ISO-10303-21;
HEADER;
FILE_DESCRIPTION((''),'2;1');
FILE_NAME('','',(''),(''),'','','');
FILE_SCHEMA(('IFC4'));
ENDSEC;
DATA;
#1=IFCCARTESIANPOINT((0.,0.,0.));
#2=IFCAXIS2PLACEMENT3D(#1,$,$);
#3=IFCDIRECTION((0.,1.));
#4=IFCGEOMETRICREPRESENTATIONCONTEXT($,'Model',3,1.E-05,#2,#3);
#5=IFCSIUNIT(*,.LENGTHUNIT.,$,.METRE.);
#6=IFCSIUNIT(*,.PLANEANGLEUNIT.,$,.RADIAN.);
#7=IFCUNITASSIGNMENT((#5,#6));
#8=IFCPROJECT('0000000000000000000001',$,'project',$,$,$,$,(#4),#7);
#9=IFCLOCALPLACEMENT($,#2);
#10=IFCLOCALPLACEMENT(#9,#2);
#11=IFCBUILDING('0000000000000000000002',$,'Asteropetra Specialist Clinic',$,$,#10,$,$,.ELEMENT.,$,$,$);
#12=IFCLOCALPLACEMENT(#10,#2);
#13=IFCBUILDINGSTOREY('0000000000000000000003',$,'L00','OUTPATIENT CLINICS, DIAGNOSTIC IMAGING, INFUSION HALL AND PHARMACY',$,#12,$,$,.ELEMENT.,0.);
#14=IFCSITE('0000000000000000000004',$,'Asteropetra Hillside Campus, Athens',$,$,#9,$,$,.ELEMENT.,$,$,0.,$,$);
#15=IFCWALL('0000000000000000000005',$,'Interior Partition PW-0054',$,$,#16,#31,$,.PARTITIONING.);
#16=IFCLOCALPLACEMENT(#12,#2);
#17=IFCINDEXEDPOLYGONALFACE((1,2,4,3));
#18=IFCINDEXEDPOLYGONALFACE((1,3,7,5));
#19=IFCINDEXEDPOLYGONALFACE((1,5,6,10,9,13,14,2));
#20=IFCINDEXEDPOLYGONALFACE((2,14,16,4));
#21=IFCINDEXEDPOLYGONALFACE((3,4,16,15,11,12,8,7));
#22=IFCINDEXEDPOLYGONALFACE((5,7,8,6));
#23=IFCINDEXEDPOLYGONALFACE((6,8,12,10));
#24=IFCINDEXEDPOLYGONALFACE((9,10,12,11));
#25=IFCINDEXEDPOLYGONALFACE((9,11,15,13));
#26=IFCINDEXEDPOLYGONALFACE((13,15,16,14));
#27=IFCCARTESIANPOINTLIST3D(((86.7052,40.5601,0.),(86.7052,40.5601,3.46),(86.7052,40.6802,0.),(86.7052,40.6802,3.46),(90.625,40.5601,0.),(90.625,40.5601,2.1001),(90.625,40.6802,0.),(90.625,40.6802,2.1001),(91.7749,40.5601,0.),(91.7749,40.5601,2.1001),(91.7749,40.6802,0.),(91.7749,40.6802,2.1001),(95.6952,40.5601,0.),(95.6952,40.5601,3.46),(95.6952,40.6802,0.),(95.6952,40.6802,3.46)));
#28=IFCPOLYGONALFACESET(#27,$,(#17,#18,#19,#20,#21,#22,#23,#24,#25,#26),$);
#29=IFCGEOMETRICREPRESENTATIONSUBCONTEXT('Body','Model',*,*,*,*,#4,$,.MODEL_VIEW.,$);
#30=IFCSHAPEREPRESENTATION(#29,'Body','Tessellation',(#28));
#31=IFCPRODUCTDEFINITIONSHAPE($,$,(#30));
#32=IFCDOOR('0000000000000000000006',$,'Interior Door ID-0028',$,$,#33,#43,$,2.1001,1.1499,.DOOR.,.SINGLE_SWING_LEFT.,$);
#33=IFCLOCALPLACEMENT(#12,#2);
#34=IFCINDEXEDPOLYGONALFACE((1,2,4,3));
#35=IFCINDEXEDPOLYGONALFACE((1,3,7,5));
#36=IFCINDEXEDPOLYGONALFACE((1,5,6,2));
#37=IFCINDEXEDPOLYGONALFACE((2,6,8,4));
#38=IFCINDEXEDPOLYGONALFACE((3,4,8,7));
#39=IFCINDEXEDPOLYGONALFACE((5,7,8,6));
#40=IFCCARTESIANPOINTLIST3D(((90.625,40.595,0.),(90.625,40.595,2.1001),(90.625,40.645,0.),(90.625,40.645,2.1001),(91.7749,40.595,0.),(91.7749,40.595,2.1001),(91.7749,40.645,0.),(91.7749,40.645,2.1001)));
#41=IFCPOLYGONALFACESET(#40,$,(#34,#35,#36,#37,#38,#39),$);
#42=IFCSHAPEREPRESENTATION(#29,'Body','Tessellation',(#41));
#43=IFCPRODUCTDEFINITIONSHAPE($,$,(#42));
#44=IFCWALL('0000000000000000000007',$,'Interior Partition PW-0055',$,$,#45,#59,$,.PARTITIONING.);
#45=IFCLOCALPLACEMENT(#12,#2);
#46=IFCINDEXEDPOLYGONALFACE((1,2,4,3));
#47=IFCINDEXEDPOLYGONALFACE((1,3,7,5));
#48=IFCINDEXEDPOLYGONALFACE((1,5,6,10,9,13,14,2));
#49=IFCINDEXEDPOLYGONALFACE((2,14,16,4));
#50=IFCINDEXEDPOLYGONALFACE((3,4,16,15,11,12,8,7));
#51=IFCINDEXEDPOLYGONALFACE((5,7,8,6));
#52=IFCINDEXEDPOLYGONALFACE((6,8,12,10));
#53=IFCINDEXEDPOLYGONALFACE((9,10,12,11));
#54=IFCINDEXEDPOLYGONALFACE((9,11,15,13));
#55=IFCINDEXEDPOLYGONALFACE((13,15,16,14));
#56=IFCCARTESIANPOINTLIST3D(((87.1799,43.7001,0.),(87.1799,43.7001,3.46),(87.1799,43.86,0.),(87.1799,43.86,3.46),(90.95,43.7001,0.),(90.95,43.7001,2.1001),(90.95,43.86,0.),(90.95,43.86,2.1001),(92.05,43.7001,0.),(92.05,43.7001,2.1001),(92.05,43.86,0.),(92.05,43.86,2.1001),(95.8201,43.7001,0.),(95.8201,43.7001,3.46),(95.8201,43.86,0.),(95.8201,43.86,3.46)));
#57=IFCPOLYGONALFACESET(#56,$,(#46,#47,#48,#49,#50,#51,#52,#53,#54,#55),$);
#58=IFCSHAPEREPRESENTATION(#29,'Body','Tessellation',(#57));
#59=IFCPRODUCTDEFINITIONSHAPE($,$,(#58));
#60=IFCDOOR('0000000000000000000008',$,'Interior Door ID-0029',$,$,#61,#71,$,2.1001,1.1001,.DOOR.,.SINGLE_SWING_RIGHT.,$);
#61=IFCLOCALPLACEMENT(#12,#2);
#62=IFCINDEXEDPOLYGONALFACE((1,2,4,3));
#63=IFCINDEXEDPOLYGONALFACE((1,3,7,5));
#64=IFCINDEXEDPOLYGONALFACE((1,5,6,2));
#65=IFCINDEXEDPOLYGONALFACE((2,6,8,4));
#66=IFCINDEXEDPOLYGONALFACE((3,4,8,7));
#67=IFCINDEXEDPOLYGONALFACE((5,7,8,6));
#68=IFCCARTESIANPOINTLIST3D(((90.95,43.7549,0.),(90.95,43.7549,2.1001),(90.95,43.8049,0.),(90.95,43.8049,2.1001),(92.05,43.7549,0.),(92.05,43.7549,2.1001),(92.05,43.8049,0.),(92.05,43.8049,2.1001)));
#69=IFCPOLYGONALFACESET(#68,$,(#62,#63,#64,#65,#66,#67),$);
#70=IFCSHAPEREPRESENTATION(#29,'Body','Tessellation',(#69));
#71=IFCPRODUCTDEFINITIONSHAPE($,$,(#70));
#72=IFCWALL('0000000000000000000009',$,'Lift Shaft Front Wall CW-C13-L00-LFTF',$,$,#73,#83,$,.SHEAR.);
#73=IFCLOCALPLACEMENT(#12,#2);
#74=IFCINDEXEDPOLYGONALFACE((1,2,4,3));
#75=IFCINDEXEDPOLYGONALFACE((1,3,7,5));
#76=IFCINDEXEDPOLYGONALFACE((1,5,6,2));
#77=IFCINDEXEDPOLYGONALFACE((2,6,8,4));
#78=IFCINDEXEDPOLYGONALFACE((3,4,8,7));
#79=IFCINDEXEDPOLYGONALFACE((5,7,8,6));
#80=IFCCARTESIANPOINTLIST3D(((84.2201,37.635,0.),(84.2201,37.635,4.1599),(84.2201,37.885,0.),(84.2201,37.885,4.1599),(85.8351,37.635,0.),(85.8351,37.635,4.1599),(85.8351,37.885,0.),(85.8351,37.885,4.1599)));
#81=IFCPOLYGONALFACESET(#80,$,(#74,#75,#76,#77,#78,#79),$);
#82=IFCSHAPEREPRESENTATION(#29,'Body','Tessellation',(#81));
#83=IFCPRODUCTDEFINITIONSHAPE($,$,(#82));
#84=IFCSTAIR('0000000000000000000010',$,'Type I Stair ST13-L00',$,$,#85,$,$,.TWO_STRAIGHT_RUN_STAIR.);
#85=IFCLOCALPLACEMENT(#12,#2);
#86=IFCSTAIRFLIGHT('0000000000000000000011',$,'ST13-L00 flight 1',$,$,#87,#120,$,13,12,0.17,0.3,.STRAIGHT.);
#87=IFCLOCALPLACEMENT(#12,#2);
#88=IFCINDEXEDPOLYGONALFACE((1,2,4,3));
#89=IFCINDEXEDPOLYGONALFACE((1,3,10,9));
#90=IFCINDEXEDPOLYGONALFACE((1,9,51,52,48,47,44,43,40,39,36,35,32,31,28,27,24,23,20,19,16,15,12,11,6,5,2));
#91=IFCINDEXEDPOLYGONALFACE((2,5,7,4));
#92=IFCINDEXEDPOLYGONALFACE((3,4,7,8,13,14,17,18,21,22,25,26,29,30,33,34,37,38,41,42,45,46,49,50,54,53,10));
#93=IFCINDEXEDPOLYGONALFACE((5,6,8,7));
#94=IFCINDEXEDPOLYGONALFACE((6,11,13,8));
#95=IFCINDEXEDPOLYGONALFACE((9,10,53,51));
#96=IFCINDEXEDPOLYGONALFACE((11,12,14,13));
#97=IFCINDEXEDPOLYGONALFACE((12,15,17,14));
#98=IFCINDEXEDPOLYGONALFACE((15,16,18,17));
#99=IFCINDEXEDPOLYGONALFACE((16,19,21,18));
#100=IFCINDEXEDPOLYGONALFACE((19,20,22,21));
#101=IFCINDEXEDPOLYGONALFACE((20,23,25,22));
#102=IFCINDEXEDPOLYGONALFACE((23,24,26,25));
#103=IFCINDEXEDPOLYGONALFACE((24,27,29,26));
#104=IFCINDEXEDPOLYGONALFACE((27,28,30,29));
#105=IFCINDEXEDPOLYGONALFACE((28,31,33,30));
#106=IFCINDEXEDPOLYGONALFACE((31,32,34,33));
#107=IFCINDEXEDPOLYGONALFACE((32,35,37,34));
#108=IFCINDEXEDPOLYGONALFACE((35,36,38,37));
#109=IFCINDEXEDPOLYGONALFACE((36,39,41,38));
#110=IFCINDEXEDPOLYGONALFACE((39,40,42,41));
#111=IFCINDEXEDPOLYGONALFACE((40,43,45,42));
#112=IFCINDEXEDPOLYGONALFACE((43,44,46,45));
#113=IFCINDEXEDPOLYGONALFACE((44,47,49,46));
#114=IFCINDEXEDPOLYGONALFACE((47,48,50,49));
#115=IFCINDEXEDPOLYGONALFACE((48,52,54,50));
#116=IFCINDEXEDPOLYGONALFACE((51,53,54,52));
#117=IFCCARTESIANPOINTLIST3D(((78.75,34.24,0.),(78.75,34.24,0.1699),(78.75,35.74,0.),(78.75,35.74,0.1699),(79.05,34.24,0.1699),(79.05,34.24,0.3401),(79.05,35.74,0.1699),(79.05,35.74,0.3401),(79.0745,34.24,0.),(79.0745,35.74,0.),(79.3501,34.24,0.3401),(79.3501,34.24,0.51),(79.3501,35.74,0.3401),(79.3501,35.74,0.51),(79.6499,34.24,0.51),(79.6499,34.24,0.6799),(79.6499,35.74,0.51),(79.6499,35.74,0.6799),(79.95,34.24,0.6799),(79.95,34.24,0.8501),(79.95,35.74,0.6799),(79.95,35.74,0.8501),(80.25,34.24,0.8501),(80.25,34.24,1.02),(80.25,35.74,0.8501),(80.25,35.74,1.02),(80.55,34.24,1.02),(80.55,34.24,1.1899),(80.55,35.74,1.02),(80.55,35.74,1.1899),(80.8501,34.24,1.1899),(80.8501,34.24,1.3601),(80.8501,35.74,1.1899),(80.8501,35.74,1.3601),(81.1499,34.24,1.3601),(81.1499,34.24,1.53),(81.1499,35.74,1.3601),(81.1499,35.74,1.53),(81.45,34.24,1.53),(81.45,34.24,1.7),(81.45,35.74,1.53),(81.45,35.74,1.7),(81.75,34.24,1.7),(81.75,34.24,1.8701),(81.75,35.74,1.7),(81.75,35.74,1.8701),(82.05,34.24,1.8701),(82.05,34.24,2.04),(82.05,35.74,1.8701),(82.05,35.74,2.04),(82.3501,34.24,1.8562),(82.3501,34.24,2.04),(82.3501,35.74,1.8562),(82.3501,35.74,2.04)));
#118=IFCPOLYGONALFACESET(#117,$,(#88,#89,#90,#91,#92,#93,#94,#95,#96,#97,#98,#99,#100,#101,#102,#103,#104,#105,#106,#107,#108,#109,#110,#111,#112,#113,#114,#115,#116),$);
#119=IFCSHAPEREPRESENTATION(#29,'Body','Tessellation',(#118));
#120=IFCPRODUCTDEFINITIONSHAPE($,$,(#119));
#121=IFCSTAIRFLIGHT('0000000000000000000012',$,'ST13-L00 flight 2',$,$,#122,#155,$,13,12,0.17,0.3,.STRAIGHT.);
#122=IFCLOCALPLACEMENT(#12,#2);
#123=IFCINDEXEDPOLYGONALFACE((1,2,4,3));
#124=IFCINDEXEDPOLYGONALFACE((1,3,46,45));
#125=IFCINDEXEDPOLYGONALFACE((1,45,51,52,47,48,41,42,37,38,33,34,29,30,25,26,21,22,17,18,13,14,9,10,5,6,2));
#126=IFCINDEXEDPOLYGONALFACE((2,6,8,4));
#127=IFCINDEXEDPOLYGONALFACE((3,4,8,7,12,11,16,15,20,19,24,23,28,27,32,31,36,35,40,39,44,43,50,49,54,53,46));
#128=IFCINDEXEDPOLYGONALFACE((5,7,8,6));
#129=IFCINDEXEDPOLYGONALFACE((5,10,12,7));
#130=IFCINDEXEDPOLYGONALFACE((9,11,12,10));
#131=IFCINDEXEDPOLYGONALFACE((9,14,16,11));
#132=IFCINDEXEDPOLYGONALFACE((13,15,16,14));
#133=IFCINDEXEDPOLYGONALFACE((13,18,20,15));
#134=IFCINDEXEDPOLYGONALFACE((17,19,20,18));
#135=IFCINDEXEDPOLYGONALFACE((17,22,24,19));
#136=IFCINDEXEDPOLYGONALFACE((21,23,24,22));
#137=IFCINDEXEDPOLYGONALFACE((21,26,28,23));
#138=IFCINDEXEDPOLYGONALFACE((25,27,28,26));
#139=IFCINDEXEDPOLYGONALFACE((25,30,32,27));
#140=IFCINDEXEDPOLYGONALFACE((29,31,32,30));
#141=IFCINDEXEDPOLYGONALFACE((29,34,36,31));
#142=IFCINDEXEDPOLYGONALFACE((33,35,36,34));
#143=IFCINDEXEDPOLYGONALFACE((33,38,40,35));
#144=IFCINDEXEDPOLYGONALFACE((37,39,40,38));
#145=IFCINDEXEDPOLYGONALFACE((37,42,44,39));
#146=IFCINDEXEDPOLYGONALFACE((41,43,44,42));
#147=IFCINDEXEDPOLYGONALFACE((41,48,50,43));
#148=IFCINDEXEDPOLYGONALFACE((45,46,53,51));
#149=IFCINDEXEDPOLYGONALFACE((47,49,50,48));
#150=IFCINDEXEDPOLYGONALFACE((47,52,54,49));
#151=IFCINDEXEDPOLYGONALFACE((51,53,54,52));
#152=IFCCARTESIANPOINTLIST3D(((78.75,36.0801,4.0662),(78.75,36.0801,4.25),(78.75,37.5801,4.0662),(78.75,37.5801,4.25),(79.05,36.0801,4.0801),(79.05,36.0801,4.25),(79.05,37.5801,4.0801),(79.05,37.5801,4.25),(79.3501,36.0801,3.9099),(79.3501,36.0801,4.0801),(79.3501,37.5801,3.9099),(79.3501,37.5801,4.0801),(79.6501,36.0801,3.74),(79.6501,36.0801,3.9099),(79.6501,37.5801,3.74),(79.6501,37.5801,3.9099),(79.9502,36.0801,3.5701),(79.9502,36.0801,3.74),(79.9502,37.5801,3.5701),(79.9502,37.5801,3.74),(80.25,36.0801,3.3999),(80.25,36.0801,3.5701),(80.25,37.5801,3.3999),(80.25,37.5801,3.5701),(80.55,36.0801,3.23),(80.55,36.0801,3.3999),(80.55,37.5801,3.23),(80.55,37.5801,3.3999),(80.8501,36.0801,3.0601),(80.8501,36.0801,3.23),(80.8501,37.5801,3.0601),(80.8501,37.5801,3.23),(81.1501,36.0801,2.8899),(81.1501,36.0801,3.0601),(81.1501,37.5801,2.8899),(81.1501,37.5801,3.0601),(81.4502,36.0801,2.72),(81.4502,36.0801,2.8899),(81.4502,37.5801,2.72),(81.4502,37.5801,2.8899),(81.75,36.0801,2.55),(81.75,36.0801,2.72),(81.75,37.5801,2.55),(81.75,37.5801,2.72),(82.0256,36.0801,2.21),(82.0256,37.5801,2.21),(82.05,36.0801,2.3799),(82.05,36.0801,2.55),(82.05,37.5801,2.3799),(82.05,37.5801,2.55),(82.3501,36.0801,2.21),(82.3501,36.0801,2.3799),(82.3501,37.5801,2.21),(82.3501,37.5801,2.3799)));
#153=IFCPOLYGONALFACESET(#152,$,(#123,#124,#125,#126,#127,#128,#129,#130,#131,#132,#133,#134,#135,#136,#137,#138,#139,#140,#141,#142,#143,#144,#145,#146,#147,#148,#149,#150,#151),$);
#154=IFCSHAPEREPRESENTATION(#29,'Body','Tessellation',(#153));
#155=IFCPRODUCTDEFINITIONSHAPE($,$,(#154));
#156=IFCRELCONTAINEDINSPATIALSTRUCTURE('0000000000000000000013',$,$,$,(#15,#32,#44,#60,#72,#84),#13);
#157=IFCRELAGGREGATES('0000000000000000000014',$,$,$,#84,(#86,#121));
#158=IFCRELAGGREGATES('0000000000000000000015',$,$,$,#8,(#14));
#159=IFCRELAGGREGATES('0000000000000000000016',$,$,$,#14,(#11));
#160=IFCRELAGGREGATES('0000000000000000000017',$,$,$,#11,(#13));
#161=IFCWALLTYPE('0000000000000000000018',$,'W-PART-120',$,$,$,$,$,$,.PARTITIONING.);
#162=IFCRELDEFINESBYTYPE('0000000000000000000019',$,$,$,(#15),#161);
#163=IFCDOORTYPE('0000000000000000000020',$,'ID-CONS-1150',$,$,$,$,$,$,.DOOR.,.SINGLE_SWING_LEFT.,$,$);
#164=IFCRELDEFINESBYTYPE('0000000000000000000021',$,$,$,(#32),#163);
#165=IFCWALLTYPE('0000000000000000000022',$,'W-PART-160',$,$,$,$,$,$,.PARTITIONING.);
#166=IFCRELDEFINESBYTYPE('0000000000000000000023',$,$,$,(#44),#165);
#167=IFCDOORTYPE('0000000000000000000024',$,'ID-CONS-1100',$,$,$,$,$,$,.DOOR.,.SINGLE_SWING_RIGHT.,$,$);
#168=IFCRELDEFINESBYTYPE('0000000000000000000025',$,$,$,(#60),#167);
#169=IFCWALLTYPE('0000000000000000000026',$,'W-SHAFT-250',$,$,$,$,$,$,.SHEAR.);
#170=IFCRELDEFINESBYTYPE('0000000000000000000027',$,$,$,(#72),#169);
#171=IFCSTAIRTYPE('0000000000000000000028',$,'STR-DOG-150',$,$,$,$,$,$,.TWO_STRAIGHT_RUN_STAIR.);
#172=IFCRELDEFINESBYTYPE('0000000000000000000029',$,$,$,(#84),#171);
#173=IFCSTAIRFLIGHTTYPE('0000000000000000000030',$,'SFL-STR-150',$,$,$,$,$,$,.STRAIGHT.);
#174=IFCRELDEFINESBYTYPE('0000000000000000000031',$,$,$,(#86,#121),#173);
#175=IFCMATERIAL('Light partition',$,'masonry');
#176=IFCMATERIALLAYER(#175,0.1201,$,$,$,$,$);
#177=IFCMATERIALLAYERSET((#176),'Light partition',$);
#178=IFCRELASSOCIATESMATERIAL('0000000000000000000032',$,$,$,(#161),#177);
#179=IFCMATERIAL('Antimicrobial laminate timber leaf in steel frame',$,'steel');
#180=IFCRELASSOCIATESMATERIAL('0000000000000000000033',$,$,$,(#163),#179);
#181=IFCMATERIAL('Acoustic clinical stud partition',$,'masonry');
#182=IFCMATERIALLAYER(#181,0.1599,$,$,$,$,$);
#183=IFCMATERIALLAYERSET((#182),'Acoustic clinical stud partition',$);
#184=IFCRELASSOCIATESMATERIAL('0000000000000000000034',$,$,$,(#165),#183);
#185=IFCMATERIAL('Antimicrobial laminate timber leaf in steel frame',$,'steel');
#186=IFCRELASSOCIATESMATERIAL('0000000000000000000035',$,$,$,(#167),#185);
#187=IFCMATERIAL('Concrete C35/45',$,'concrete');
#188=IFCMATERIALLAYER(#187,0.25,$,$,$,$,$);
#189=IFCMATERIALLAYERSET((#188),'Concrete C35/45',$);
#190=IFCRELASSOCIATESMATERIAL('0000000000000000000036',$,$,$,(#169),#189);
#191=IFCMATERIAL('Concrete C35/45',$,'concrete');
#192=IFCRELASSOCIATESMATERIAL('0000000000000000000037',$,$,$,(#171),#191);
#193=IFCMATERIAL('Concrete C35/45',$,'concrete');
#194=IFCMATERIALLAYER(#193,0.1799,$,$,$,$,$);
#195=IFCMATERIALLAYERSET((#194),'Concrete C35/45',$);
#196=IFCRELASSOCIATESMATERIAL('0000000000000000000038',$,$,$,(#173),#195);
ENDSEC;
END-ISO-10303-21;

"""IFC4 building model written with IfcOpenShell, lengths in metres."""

from ifc_helpers import new_model, si_unit, direction, frame, frame_2d, origin, place, context, subcontext, project, spatial, polyline, rectangle, outline, extrude, material, layer, layer_set, type_object, element, fill, aggregate, save


model = new_model("IFC4")

# Units and contexts
model_context = context("Model", 3, precision=1e-05, world=origin(), true_north=direction((0.0, 1.0)))
body_context = subcontext(model_context, "Body", "Model", "MODEL_VIEW")
ifc_project = project(units=[si_unit("LENGTHUNIT", "METRE"), si_unit("PLANEANGLEUNIT", "RADIAN")], contexts=[model_context])

# Site, building, storey
site_placement = place(None, origin())
site = spatial("IfcSite", under=ifc_project, at=site_placement, Name="Asteropetra Hillside Campus, Athens", CompositionType="ELEMENT", RefElevation=0.0)
building_placement = place(site_placement, origin())
building = spatial("IfcBuilding", under=site, at=building_placement, Name="Asteropetra Specialist Clinic", CompositionType="ELEMENT")
storey_placement = place(building_placement, origin())
storey = spatial("IfcBuildingStorey", under=building, at=storey_placement, Name="L00", Description="OUTPATIENT CLINICS, DIAGNOSTIC IMAGING, INFUSION HALL AND PHARMACY", CompositionType="ELEMENT", Elevation=0.0)

# Walls, openings, doors
ifc_material_1 = material(Name="Light partition", Category="masonry")
ifc_layer_1 = layer(ifc_material_1, 0.1201)
ifc_layer_set_1 = layer_set([ifc_layer_1], Name="Light partition")
wall_type_1 = type_object("IfcWallType", Name="W-PART-120", PredefinedType="PARTITIONING", material=ifc_layer_set_1)
wall_1_placement = place(storey_placement, frame((86.7051, 40.6201, 0.0), z_axis=(0.0, 0.0, 1.0), x_axis=(1.0, 0.0, 0.0)))
wall_1 = element("IfcWall", 1, at=wall_1_placement, inside=storey, type_object=wall_type_1, Name="Interior Partition PW-0054", PredefinedType="PARTITIONING", context=body_context, shape_type="SweptSolid", body=[
    extrude(rectangle(XDim=8.99, YDim=0.1201, at=frame_2d((4.4951, 0.0))), origin(), (0.0, 0.0, 1.0), 3.46),
])
opening_1_placement = place(wall_1_placement, frame((3.9199, 0.0, 0.0)))
opening_1 = element("IfcOpeningElement", 2, at=opening_1_placement, cuts=wall_1, PredefinedType="OPENING", context=body_context, shape_type="SweptSolid", body=[
    extrude(rectangle(XDim=1.1499, YDim=2.1001, at=frame_2d((0.575, 1.05))), frame((0.0, 0.0701, 0.0), z_axis=(0.0, -1.0, 0.0), x_axis=(1.0, 0.0, 0.0)), (0.0, 0.0, 1.0), 0.1401),
])
ifc_material_2 = material(Name="Antimicrobial laminate timber leaf in steel frame", Category="steel")
door_type_1 = type_object("IfcDoorType", Name="ID-CONS-1150", OperationType="SINGLE_SWING_LEFT", PredefinedType="DOOR", material=ifc_material_2)
door_1_placement = place(opening_1_placement, origin())
door_1 = element("IfcDoor", 3, at=door_1_placement, inside=storey, type_object=door_type_1, Name="Interior Door ID-0028", OperationType="SINGLE_SWING_LEFT", OverallHeight=2.1001, OverallWidth=1.1499, PredefinedType="DOOR", context=body_context, shape_type="SweptSolid", body=[
    extrude(rectangle(XDim=1.1499, YDim=2.1001, at=frame_2d((0.575, 1.05))), frame((0.0, 0.0249, 0.0), z_axis=(0.0, -1.0, 0.0), x_axis=(1.0, 0.0, 0.0)), (0.0, 0.0, 1.0), 0.05),
])
fill(opening_1, door_1)
ifc_material_3 = material(Name="Acoustic clinical stud partition", Category="masonry")
ifc_layer_2 = layer(ifc_material_3, 0.1599)
ifc_layer_set_2 = layer_set([ifc_layer_2], Name="Acoustic clinical stud partition")
wall_type_2 = type_object("IfcWallType", Name="W-PART-160", PredefinedType="PARTITIONING", material=ifc_layer_set_2)
wall_2_placement = place(storey_placement, frame((87.1799, 43.78, 0.0), z_axis=(0.0, 0.0, 1.0), x_axis=(1.0, 0.0, 0.0)))
wall_2 = element("IfcWall", 4, at=wall_2_placement, inside=storey, type_object=wall_type_2, Name="Interior Partition PW-0055", PredefinedType="PARTITIONING", context=body_context, shape_type="SweptSolid", body=[
    extrude(rectangle(XDim=8.6401, YDim=0.1599, at=frame_2d((4.3201, 0.0))), origin(), (0.0, 0.0, 1.0), 3.46),
])
opening_2_placement = place(wall_2_placement, frame((3.77, 0.0, 0.0)))
opening_2 = element("IfcOpeningElement", 5, at=opening_2_placement, cuts=wall_2, PredefinedType="OPENING", context=body_context, shape_type="SweptSolid", body=[
    extrude(rectangle(XDim=1.1001, YDim=2.1001, at=frame_2d((0.55, 1.05))), frame((0.0, 0.0898, 0.0), z_axis=(0.0, -1.0, 0.0), x_axis=(1.0, 0.0, 0.0)), (0.0, 0.0, 1.0), 0.1799),
])
ifc_material_4 = material(Name="Antimicrobial laminate timber leaf in steel frame", Category="steel")
door_type_2 = type_object("IfcDoorType", Name="ID-CONS-1100", OperationType="SINGLE_SWING_RIGHT", PredefinedType="DOOR", material=ifc_material_4)
door_2_placement = place(opening_2_placement, origin())
door_2 = element("IfcDoor", 6, at=door_2_placement, inside=storey, type_object=door_type_2, Name="Interior Door ID-0029", OperationType="SINGLE_SWING_RIGHT", OverallHeight=2.1001, OverallWidth=1.1001, PredefinedType="DOOR", context=body_context, shape_type="SweptSolid", body=[
    extrude(rectangle(XDim=1.1001, YDim=2.1001, at=frame_2d((0.55, 1.05))), frame((0.0, 0.0249, 0.0), z_axis=(0.0, -1.0, 0.0), x_axis=(1.0, 0.0, 0.0)), (0.0, 0.0, 1.0), 0.05),
])
fill(opening_2, door_2)

# Wall
ifc_material_5 = material(Name="Concrete C35/45", Category="concrete")
ifc_layer_3 = layer(ifc_material_5, 0.25)
ifc_layer_set_3 = layer_set([ifc_layer_3], Name="Concrete C35/45")
wall_type_3 = type_object("IfcWallType", Name="W-SHAFT-250", PredefinedType="SHEAR", material=ifc_layer_set_3)
wall_3_placement = place(storey_placement, frame((84.22, 37.76, 0.0), z_axis=(0.0, 0.0, 1.0), x_axis=(1.0, 0.0, 0.0)))
element("IfcWall", 7, at=wall_3_placement, inside=storey, type_object=wall_type_3, Name="Lift Shaft Front Wall CW-C13-L00-LFTF", PredefinedType="SHEAR", context=body_context, shape_type="SweptSolid", body=[
    extrude(rectangle(XDim=1.615, YDim=0.25, at=frame_2d((0.8076, 0.0))), origin(), (0.0, 0.0, 1.0), 4.1599),
])

# Stair, stair flights
ifc_material_6 = material(Name="Concrete C35/45", Category="concrete")
stair_type = type_object("IfcStairType", Name="STR-DOG-150", PredefinedType="TWO_STRAIGHT_RUN_STAIR", material=ifc_material_6)
stair_placement = place(storey_placement, origin())
stair = element("IfcStair", 8, at=stair_placement, inside=storey, type_object=stair_type, Name="Type I Stair ST13-L00", PredefinedType="TWO_STRAIGHT_RUN_STAIR")
ifc_material_7 = material(Name="Concrete C35/45", Category="concrete")
ifc_layer_4 = layer(ifc_material_7, 0.1799)
ifc_layer_set_4 = layer_set([ifc_layer_4], Name="Concrete C35/45")
stair_flight_type = type_object("IfcStairFlightType", Name="SFL-STR-150", PredefinedType="STRAIGHT", material=ifc_layer_set_4)
stair_flight_1_placement = place(storey_placement, frame((78.75, 34.99, 0.0), z_axis=(0.0, 0.0, 1.0), x_axis=(1.0, 0.0, 0.0)))
stair_flight_1 = element("IfcStairFlight", 9, at=stair_flight_1_placement, type_object=stair_flight_type, Name="ST13-L00 flight 1", NumberOfRisers=13, NumberOfTreads=12, PredefinedType="STRAIGHT", RiserHeight=0.17, TreadLength=0.3, context=body_context, shape_type="SweptSolid", body=[
    extrude(outline(polyline([(0.0, 0.0), (0.0, 0.1699), (0.3, 0.1699), (0.3, 0.3401), (0.6001, 0.3401), (0.6001, 0.51), (0.8999, 0.51), (0.8999, 0.6799), (1.2, 0.6799), (1.2, 0.8501), (1.5, 0.8501), (1.5, 1.02), (1.8, 1.02), (1.8, 1.1899), (2.1001, 1.1899), (2.1001, 1.3601), (2.3999, 1.3601), (2.3999, 1.53), (2.7, 1.53), (2.7, 1.7), (3.0, 1.7), (3.0, 1.8701), (3.3, 1.8701), (3.3, 2.04), (3.6001, 2.04), (3.6001, 2.21), (3.6001, 1.8562), (0.3245, 0.0), (0.0, 0.0)])), frame((0.0, 0.75, 0.0), z_axis=(0.0, -1.0, 0.0), x_axis=(1.0, 0.0, 0.0)), (0.0, 0.0, 1.0), 1.5),
])
stair_flight_2_placement = place(storey_placement, frame((82.3501, 36.8301, 2.21), z_axis=(0.0, 0.0, 1.0), x_axis=(-1.0, 0.0, 0.0)))
stair_flight_2 = element("IfcStairFlight", 10, at=stair_flight_2_placement, type_object=stair_flight_type, Name="ST13-L00 flight 2", NumberOfRisers=13, NumberOfTreads=12, PredefinedType="STRAIGHT", RiserHeight=0.17, TreadLength=0.3, context=body_context, shape_type="SweptSolid", body=[
    extrude(outline(polyline([(0.0, 0.0), (0.0, 0.1699), (0.3, 0.1699), (0.3, 0.3401), (0.6001, 0.3401), (0.6001, 0.51), (0.8999, 0.51), (0.8999, 0.6799), (1.2, 0.6799), (1.2, 0.8501), (1.5, 0.8501), (1.5, 1.02), (1.8, 1.02), (1.8, 1.1899), (2.1001, 1.1899), (2.1001, 1.3601), (2.3999, 1.3601), (2.3999, 1.53), (2.7, 1.53), (2.7, 1.7), (3.0, 1.7), (3.0, 1.8701), (3.3, 1.8701), (3.3, 2.04), (3.6001, 2.04), (3.6001, 2.21), (3.6001, 1.8562), (0.3245, 0.0), (0.0, 0.0)])), frame((0.0, 0.75, 0.0), z_axis=(0.0, -1.0, 0.0), x_axis=(1.0, 0.0, 0.0)), (0.0, 0.0, 1.0), 1.5),
])
aggregate(stair, [stair_flight_1, stair_flight_2])

save(model, "model.ifc")
